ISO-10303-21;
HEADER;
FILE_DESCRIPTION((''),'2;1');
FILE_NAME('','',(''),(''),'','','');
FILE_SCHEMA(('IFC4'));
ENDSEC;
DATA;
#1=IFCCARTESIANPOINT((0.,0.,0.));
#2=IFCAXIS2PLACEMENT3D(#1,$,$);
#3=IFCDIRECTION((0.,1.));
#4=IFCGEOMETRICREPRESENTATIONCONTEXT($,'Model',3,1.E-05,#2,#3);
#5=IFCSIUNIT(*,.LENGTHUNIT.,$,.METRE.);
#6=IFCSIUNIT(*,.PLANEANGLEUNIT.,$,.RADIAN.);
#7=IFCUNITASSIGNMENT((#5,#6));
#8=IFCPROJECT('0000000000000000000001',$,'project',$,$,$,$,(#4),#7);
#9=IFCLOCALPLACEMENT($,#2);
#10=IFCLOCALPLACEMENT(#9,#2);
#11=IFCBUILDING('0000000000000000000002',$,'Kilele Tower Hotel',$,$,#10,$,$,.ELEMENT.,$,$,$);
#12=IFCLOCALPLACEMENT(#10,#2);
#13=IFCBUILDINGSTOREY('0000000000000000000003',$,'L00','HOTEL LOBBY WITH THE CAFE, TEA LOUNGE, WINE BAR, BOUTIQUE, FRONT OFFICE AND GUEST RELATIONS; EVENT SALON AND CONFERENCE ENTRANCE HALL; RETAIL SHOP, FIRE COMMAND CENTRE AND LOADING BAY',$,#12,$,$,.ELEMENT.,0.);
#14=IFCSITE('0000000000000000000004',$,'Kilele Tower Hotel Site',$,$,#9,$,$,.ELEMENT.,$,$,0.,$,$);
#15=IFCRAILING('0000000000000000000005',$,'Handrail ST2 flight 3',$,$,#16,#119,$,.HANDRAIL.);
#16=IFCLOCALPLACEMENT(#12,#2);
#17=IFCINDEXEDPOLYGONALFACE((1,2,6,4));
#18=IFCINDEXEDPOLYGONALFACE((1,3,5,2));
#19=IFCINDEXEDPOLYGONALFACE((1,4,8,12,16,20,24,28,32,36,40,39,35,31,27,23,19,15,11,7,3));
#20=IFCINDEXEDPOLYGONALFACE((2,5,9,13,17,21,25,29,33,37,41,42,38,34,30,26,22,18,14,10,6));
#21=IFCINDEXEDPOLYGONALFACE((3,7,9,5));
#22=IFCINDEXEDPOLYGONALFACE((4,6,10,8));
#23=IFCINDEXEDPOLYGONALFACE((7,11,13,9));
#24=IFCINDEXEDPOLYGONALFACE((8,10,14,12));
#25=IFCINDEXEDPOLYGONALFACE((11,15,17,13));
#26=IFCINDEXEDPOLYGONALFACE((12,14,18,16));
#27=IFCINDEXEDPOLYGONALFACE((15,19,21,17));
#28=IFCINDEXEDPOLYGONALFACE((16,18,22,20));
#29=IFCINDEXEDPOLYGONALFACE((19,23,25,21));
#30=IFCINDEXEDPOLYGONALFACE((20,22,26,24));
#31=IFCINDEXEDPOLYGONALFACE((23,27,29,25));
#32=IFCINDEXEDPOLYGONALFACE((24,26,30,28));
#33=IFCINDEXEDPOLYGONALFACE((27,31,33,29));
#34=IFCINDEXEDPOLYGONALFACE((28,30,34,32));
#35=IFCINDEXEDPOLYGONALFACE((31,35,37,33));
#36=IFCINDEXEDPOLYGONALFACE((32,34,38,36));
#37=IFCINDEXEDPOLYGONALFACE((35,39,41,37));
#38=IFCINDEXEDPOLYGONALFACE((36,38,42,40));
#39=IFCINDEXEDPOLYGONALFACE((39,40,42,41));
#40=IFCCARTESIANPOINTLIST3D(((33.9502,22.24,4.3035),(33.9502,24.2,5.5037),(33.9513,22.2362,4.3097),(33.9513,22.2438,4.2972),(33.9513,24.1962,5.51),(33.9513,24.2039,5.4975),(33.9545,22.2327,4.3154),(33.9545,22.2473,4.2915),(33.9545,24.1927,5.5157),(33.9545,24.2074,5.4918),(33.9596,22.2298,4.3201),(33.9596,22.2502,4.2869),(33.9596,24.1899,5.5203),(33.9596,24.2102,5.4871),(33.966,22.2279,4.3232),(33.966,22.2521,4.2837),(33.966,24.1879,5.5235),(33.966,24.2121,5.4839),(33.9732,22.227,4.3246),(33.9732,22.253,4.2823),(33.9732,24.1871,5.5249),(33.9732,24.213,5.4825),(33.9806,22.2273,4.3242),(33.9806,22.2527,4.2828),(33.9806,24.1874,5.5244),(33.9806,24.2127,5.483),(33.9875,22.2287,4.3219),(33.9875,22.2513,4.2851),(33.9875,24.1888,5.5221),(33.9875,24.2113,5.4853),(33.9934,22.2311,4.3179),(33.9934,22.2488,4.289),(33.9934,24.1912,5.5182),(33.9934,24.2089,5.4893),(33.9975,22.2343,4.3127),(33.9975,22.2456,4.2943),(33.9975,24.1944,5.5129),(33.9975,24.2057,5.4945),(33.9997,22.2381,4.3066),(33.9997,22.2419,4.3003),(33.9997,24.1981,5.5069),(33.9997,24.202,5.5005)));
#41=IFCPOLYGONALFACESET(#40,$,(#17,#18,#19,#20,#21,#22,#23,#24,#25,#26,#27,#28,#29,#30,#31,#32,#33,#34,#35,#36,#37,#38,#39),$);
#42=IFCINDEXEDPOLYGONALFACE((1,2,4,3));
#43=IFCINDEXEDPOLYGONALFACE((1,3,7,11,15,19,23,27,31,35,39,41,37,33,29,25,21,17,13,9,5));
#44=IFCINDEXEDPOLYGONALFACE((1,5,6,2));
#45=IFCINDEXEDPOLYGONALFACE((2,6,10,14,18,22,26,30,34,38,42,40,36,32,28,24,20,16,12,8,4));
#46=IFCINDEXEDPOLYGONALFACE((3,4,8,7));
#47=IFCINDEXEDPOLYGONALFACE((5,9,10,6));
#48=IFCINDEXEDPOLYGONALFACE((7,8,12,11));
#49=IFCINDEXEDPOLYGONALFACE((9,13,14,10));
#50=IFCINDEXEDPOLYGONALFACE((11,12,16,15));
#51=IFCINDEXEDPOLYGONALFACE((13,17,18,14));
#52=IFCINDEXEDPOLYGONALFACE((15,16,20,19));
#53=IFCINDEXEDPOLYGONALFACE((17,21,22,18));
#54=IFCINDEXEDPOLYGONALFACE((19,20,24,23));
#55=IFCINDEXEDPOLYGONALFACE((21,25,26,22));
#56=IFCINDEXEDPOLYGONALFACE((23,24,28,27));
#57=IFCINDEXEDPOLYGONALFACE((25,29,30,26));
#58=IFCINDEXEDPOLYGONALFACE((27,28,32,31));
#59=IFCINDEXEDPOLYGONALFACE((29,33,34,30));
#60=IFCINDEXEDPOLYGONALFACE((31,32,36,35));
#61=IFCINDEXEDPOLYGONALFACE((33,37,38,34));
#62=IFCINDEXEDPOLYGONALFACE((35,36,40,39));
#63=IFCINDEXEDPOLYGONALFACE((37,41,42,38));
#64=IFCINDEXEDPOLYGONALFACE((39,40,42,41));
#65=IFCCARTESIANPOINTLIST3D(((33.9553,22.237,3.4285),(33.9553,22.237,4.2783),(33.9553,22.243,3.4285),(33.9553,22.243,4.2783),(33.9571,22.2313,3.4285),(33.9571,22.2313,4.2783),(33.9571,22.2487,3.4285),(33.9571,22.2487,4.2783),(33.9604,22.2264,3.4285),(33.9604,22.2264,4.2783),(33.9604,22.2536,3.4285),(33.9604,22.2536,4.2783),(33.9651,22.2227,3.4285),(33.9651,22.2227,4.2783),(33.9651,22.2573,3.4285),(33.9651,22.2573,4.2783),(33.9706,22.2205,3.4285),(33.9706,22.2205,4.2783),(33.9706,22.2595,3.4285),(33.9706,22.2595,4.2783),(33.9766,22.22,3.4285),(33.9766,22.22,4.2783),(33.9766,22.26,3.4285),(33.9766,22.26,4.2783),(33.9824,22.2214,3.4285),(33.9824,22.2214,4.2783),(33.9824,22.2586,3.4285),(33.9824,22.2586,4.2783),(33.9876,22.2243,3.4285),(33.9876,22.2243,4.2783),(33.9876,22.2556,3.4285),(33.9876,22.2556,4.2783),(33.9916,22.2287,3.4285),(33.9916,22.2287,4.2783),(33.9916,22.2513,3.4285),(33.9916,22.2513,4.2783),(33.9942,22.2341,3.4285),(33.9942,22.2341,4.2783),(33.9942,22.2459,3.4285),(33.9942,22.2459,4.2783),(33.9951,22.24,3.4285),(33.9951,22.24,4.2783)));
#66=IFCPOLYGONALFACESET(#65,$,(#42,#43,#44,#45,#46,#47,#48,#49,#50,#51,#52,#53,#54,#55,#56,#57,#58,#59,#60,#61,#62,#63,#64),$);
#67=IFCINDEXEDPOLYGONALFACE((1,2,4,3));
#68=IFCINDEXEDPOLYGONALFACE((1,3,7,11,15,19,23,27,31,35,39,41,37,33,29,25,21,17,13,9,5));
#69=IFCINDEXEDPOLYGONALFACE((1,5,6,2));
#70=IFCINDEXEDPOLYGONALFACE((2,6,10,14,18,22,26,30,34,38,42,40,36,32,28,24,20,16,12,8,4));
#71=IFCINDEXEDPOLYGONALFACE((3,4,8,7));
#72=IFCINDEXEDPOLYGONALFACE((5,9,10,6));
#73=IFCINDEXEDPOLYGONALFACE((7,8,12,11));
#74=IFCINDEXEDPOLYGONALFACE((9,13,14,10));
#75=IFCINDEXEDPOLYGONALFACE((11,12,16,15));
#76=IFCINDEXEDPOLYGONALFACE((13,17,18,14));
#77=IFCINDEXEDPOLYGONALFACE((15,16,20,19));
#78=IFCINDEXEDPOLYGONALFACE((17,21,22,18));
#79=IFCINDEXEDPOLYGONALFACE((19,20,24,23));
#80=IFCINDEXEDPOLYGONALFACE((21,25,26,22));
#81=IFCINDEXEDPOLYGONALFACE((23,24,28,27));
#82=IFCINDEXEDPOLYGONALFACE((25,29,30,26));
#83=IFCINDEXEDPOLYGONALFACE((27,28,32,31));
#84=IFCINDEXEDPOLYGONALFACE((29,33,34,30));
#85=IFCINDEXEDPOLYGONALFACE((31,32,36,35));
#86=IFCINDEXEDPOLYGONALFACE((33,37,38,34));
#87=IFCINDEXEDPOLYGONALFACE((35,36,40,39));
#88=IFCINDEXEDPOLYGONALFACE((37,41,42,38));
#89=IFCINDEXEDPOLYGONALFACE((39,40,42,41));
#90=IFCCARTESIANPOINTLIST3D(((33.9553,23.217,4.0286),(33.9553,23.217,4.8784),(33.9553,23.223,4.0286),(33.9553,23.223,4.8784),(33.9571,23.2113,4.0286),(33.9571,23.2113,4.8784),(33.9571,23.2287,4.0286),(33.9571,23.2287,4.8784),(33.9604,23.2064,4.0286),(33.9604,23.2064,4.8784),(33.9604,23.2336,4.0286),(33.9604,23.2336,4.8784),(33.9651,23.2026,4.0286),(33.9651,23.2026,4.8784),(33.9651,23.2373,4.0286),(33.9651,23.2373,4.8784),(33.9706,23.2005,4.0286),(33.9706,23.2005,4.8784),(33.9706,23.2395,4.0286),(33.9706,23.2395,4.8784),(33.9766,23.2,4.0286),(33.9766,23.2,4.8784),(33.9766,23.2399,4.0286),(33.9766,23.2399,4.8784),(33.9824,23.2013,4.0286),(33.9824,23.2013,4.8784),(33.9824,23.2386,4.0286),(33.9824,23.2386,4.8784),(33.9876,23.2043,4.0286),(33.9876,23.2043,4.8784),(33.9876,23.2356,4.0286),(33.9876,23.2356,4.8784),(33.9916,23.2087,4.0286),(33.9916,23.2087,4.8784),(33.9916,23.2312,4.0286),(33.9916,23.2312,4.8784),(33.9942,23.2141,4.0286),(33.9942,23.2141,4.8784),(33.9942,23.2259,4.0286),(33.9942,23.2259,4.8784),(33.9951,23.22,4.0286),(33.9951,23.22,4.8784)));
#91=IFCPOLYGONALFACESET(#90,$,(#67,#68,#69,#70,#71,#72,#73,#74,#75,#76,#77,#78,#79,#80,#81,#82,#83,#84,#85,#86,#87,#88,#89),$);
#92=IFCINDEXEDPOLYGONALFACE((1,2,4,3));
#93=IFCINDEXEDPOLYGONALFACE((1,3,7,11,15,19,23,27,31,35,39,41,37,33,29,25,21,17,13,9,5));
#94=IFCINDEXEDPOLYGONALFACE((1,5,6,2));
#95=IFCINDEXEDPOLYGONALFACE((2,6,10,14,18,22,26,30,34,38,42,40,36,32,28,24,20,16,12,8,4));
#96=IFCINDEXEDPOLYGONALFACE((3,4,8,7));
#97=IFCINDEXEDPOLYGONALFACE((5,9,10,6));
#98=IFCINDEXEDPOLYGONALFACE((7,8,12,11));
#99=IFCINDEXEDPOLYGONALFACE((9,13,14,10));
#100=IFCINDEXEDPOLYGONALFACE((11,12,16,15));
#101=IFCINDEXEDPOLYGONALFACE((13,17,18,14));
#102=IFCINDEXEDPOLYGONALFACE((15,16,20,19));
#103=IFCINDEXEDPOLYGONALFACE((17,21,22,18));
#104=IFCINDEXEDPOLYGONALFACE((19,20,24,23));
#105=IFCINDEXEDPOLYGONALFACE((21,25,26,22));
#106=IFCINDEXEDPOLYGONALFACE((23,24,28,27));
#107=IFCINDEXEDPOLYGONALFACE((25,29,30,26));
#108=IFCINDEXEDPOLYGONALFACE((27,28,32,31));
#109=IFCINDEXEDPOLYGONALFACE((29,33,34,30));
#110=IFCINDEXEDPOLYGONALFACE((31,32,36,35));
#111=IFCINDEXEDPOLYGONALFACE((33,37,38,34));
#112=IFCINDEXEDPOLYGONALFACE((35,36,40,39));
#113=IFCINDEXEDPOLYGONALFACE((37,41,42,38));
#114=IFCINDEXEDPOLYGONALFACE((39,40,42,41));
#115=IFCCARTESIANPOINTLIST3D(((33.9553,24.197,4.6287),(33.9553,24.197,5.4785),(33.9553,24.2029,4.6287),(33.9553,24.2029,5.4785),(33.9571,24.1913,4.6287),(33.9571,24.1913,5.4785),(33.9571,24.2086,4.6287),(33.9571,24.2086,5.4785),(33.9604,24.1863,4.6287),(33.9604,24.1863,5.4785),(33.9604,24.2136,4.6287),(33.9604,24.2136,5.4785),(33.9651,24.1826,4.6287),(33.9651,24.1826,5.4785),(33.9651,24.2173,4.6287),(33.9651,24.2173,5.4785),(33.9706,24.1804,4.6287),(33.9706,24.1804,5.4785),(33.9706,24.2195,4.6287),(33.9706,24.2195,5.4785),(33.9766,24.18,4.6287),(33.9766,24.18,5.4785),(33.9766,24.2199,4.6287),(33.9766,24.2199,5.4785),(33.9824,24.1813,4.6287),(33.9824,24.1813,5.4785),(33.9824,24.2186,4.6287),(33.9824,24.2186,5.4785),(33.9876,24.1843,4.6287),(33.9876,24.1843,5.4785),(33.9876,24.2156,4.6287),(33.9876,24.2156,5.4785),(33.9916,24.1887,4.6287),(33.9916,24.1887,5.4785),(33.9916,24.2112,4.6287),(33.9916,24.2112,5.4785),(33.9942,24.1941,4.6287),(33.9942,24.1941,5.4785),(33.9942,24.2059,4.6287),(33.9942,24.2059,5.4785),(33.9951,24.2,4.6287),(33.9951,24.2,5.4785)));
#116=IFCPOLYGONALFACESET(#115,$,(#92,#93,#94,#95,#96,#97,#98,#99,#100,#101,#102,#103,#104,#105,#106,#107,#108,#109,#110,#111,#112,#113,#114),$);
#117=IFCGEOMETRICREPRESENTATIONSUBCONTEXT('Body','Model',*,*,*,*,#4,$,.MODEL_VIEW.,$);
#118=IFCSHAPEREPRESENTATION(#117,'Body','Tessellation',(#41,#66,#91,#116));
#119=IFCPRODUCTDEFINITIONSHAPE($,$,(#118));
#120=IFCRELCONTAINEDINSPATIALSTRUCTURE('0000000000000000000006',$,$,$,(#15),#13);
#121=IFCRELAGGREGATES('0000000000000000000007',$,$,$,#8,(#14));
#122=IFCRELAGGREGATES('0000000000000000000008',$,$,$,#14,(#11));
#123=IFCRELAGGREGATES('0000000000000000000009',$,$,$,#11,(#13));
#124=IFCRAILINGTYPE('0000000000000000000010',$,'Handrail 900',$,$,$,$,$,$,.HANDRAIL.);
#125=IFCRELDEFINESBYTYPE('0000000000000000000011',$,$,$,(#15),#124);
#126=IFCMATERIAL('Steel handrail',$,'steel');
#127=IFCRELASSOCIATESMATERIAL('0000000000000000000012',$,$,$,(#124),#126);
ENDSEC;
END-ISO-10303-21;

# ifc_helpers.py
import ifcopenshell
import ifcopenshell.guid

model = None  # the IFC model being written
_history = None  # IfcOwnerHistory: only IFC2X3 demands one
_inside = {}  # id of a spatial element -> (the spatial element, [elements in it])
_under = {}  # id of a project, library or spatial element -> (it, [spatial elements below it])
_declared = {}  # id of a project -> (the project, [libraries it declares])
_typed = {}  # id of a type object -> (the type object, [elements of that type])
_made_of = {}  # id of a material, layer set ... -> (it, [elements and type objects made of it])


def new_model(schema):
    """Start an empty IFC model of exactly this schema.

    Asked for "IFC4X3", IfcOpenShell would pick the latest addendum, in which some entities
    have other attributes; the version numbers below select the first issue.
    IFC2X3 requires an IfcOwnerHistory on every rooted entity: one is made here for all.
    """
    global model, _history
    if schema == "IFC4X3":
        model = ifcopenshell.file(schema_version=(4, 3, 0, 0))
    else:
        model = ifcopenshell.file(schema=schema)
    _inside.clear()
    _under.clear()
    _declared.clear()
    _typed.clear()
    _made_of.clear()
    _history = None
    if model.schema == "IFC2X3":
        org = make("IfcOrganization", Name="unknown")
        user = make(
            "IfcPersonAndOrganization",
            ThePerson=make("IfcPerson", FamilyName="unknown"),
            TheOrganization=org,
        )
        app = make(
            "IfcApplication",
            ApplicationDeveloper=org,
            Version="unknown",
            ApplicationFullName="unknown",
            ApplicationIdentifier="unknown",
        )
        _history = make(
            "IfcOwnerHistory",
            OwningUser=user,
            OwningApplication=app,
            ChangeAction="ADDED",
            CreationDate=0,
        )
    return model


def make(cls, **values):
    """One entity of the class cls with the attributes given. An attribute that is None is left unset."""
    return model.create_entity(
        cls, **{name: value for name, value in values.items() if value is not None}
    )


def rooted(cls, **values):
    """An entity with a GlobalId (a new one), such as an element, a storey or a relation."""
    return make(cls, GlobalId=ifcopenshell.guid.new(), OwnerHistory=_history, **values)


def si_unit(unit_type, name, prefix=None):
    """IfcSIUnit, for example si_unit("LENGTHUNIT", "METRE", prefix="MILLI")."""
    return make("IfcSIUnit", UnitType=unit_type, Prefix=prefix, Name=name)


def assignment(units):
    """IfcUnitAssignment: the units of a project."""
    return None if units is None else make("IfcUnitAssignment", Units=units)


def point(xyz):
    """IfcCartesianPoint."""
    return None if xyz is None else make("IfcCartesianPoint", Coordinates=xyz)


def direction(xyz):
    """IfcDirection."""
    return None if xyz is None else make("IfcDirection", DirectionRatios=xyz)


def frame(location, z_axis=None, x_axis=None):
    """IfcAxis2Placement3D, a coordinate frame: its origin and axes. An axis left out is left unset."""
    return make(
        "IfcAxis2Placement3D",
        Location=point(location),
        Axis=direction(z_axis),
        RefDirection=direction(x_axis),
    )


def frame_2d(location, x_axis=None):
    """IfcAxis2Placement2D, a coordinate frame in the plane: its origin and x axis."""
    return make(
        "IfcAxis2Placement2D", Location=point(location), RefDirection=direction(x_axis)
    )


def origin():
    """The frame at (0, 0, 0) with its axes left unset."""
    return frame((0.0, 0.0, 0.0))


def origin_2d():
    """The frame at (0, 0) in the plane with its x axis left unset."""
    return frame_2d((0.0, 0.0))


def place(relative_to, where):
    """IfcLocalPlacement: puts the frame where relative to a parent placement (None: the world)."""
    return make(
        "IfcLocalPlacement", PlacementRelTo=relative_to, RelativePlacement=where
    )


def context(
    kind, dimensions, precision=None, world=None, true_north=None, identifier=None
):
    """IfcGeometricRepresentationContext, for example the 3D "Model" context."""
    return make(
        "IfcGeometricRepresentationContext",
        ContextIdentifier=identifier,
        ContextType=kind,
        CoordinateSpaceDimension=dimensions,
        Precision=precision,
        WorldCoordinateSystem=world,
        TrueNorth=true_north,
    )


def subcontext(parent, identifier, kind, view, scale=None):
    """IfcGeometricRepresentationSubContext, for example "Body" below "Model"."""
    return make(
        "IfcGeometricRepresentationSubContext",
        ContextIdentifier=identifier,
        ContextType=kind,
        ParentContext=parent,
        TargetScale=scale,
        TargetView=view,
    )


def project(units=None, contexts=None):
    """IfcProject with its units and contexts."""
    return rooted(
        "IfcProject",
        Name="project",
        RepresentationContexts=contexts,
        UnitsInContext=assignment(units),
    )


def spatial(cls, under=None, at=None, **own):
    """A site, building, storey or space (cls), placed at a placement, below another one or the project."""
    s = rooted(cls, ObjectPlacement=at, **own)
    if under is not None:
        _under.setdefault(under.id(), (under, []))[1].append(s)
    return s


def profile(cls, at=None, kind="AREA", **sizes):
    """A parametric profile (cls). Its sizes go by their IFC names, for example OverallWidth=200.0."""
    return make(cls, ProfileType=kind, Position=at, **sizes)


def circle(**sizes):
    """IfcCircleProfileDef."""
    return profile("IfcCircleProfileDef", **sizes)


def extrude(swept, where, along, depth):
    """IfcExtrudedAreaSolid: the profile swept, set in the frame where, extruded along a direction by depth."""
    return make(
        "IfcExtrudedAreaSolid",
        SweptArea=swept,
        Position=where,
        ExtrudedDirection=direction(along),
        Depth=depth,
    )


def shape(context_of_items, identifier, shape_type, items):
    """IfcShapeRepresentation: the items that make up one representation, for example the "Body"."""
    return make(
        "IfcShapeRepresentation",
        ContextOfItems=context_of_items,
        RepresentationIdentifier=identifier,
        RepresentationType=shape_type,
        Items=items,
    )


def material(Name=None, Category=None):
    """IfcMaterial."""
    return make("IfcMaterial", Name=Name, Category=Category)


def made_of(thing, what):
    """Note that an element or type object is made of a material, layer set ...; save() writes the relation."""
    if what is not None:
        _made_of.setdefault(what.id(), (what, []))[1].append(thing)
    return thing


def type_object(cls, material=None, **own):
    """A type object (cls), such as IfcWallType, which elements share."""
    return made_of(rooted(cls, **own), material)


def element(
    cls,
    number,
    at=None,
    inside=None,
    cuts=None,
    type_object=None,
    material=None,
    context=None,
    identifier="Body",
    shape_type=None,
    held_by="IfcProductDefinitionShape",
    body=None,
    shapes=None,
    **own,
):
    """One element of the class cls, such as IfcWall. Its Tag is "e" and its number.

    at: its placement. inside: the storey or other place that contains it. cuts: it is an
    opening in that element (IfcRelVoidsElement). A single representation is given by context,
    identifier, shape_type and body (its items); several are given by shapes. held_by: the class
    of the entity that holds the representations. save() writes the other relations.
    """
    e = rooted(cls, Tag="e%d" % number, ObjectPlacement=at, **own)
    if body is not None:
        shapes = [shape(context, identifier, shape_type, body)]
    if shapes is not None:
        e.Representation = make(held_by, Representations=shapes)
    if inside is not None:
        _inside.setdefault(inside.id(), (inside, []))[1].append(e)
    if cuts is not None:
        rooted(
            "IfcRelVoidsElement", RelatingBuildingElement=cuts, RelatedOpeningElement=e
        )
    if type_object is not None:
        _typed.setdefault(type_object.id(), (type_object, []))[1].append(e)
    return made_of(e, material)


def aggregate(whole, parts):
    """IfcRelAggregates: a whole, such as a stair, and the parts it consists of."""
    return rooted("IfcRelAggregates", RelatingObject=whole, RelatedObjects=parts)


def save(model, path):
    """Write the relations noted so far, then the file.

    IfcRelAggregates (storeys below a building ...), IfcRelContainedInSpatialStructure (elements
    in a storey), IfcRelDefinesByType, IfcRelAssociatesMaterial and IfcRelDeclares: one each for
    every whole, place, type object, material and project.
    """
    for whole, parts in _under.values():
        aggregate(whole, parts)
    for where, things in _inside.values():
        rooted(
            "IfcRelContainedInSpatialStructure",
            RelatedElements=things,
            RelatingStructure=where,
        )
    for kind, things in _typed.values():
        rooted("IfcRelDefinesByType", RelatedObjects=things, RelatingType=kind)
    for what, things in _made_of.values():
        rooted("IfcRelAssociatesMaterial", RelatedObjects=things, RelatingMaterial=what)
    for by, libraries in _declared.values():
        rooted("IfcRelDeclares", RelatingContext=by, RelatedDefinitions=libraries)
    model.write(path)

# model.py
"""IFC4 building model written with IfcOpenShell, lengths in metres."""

from ifc_helpers import new_model, si_unit, direction, frame, origin, origin_2d, place, context, subcontext, project, spatial, circle, extrude, material, type_object, element, save


model = new_model("IFC4")

# Units and contexts
model_context = context("Model", 3, precision=1e-05, world=origin(), true_north=direction((0.0, 1.0)))
body_context = subcontext(model_context, "Body", "Model", "MODEL_VIEW")
ifc_project = project(units=[si_unit("LENGTHUNIT", "METRE"), si_unit("PLANEANGLEUNIT", "RADIAN")], contexts=[model_context])

# Site, building, storey
site_placement = place(None, origin())
site = spatial("IfcSite", under=ifc_project, at=site_placement, Name="Kilele Tower Hotel Site", CompositionType="ELEMENT", RefElevation=0.0)
building_placement = place(site_placement, origin())
building = spatial("IfcBuilding", under=site, at=building_placement, Name="Kilele Tower Hotel", CompositionType="ELEMENT")
storey_placement = place(building_placement, origin())
storey = spatial("IfcBuildingStorey", under=building, at=storey_placement, Name="L00", Description="HOTEL LOBBY WITH THE CAFE, TEA LOUNGE, WINE BAR, BOUTIQUE, FRONT OFFICE AND GUEST RELATIONS; EVENT SALON AND CONFERENCE ENTRANCE HALL; RETAIL SHOP, FIRE COMMAND CENTRE AND LOADING BAY", CompositionType="ELEMENT", Elevation=0.0)

# Railing
ifc_material_1 = material(Name="Steel handrail", Category="steel")
railing_type_1 = type_object("IfcRailingType", Name="Handrail 900", PredefinedType="HANDRAIL", material=ifc_material_1)
railing_1_placement = place(storey_placement, frame((33.9751, 22.24, 3.4285)))
element("IfcRailing", 1, at=railing_1_placement, inside=storey, type_object=railing_type_1, Name="Handrail ST2 flight 3", PredefinedType="HANDRAIL", context=body_context, shape_type="SweptSolid", body=[
    extrude(circle(Radius=0.0249, at=origin_2d()), frame((0.0, 0.0, 0.875), z_axis=(0.0, 0.852809, 0.522223), x_axis=(-1.0, 0.0, 0.0)), (0.0, 0.0, 1.0), 2.2983),
    extrude(circle(Radius=0.02, at=origin_2d()), origin(), (0.0, 0.0, 1.0), 0.8499),
    extrude(circle(Radius=0.02, at=origin_2d()), frame((0.0, 0.98, 0.6001)), (0.0, 0.0, 1.0), 0.8499),
    extrude(circle(Radius=0.02, at=origin_2d()), frame((0.0, 1.96, 1.2002)), (0.0, 0.0, 1.0), 0.8499),
])

save(model, "model.ifc")
